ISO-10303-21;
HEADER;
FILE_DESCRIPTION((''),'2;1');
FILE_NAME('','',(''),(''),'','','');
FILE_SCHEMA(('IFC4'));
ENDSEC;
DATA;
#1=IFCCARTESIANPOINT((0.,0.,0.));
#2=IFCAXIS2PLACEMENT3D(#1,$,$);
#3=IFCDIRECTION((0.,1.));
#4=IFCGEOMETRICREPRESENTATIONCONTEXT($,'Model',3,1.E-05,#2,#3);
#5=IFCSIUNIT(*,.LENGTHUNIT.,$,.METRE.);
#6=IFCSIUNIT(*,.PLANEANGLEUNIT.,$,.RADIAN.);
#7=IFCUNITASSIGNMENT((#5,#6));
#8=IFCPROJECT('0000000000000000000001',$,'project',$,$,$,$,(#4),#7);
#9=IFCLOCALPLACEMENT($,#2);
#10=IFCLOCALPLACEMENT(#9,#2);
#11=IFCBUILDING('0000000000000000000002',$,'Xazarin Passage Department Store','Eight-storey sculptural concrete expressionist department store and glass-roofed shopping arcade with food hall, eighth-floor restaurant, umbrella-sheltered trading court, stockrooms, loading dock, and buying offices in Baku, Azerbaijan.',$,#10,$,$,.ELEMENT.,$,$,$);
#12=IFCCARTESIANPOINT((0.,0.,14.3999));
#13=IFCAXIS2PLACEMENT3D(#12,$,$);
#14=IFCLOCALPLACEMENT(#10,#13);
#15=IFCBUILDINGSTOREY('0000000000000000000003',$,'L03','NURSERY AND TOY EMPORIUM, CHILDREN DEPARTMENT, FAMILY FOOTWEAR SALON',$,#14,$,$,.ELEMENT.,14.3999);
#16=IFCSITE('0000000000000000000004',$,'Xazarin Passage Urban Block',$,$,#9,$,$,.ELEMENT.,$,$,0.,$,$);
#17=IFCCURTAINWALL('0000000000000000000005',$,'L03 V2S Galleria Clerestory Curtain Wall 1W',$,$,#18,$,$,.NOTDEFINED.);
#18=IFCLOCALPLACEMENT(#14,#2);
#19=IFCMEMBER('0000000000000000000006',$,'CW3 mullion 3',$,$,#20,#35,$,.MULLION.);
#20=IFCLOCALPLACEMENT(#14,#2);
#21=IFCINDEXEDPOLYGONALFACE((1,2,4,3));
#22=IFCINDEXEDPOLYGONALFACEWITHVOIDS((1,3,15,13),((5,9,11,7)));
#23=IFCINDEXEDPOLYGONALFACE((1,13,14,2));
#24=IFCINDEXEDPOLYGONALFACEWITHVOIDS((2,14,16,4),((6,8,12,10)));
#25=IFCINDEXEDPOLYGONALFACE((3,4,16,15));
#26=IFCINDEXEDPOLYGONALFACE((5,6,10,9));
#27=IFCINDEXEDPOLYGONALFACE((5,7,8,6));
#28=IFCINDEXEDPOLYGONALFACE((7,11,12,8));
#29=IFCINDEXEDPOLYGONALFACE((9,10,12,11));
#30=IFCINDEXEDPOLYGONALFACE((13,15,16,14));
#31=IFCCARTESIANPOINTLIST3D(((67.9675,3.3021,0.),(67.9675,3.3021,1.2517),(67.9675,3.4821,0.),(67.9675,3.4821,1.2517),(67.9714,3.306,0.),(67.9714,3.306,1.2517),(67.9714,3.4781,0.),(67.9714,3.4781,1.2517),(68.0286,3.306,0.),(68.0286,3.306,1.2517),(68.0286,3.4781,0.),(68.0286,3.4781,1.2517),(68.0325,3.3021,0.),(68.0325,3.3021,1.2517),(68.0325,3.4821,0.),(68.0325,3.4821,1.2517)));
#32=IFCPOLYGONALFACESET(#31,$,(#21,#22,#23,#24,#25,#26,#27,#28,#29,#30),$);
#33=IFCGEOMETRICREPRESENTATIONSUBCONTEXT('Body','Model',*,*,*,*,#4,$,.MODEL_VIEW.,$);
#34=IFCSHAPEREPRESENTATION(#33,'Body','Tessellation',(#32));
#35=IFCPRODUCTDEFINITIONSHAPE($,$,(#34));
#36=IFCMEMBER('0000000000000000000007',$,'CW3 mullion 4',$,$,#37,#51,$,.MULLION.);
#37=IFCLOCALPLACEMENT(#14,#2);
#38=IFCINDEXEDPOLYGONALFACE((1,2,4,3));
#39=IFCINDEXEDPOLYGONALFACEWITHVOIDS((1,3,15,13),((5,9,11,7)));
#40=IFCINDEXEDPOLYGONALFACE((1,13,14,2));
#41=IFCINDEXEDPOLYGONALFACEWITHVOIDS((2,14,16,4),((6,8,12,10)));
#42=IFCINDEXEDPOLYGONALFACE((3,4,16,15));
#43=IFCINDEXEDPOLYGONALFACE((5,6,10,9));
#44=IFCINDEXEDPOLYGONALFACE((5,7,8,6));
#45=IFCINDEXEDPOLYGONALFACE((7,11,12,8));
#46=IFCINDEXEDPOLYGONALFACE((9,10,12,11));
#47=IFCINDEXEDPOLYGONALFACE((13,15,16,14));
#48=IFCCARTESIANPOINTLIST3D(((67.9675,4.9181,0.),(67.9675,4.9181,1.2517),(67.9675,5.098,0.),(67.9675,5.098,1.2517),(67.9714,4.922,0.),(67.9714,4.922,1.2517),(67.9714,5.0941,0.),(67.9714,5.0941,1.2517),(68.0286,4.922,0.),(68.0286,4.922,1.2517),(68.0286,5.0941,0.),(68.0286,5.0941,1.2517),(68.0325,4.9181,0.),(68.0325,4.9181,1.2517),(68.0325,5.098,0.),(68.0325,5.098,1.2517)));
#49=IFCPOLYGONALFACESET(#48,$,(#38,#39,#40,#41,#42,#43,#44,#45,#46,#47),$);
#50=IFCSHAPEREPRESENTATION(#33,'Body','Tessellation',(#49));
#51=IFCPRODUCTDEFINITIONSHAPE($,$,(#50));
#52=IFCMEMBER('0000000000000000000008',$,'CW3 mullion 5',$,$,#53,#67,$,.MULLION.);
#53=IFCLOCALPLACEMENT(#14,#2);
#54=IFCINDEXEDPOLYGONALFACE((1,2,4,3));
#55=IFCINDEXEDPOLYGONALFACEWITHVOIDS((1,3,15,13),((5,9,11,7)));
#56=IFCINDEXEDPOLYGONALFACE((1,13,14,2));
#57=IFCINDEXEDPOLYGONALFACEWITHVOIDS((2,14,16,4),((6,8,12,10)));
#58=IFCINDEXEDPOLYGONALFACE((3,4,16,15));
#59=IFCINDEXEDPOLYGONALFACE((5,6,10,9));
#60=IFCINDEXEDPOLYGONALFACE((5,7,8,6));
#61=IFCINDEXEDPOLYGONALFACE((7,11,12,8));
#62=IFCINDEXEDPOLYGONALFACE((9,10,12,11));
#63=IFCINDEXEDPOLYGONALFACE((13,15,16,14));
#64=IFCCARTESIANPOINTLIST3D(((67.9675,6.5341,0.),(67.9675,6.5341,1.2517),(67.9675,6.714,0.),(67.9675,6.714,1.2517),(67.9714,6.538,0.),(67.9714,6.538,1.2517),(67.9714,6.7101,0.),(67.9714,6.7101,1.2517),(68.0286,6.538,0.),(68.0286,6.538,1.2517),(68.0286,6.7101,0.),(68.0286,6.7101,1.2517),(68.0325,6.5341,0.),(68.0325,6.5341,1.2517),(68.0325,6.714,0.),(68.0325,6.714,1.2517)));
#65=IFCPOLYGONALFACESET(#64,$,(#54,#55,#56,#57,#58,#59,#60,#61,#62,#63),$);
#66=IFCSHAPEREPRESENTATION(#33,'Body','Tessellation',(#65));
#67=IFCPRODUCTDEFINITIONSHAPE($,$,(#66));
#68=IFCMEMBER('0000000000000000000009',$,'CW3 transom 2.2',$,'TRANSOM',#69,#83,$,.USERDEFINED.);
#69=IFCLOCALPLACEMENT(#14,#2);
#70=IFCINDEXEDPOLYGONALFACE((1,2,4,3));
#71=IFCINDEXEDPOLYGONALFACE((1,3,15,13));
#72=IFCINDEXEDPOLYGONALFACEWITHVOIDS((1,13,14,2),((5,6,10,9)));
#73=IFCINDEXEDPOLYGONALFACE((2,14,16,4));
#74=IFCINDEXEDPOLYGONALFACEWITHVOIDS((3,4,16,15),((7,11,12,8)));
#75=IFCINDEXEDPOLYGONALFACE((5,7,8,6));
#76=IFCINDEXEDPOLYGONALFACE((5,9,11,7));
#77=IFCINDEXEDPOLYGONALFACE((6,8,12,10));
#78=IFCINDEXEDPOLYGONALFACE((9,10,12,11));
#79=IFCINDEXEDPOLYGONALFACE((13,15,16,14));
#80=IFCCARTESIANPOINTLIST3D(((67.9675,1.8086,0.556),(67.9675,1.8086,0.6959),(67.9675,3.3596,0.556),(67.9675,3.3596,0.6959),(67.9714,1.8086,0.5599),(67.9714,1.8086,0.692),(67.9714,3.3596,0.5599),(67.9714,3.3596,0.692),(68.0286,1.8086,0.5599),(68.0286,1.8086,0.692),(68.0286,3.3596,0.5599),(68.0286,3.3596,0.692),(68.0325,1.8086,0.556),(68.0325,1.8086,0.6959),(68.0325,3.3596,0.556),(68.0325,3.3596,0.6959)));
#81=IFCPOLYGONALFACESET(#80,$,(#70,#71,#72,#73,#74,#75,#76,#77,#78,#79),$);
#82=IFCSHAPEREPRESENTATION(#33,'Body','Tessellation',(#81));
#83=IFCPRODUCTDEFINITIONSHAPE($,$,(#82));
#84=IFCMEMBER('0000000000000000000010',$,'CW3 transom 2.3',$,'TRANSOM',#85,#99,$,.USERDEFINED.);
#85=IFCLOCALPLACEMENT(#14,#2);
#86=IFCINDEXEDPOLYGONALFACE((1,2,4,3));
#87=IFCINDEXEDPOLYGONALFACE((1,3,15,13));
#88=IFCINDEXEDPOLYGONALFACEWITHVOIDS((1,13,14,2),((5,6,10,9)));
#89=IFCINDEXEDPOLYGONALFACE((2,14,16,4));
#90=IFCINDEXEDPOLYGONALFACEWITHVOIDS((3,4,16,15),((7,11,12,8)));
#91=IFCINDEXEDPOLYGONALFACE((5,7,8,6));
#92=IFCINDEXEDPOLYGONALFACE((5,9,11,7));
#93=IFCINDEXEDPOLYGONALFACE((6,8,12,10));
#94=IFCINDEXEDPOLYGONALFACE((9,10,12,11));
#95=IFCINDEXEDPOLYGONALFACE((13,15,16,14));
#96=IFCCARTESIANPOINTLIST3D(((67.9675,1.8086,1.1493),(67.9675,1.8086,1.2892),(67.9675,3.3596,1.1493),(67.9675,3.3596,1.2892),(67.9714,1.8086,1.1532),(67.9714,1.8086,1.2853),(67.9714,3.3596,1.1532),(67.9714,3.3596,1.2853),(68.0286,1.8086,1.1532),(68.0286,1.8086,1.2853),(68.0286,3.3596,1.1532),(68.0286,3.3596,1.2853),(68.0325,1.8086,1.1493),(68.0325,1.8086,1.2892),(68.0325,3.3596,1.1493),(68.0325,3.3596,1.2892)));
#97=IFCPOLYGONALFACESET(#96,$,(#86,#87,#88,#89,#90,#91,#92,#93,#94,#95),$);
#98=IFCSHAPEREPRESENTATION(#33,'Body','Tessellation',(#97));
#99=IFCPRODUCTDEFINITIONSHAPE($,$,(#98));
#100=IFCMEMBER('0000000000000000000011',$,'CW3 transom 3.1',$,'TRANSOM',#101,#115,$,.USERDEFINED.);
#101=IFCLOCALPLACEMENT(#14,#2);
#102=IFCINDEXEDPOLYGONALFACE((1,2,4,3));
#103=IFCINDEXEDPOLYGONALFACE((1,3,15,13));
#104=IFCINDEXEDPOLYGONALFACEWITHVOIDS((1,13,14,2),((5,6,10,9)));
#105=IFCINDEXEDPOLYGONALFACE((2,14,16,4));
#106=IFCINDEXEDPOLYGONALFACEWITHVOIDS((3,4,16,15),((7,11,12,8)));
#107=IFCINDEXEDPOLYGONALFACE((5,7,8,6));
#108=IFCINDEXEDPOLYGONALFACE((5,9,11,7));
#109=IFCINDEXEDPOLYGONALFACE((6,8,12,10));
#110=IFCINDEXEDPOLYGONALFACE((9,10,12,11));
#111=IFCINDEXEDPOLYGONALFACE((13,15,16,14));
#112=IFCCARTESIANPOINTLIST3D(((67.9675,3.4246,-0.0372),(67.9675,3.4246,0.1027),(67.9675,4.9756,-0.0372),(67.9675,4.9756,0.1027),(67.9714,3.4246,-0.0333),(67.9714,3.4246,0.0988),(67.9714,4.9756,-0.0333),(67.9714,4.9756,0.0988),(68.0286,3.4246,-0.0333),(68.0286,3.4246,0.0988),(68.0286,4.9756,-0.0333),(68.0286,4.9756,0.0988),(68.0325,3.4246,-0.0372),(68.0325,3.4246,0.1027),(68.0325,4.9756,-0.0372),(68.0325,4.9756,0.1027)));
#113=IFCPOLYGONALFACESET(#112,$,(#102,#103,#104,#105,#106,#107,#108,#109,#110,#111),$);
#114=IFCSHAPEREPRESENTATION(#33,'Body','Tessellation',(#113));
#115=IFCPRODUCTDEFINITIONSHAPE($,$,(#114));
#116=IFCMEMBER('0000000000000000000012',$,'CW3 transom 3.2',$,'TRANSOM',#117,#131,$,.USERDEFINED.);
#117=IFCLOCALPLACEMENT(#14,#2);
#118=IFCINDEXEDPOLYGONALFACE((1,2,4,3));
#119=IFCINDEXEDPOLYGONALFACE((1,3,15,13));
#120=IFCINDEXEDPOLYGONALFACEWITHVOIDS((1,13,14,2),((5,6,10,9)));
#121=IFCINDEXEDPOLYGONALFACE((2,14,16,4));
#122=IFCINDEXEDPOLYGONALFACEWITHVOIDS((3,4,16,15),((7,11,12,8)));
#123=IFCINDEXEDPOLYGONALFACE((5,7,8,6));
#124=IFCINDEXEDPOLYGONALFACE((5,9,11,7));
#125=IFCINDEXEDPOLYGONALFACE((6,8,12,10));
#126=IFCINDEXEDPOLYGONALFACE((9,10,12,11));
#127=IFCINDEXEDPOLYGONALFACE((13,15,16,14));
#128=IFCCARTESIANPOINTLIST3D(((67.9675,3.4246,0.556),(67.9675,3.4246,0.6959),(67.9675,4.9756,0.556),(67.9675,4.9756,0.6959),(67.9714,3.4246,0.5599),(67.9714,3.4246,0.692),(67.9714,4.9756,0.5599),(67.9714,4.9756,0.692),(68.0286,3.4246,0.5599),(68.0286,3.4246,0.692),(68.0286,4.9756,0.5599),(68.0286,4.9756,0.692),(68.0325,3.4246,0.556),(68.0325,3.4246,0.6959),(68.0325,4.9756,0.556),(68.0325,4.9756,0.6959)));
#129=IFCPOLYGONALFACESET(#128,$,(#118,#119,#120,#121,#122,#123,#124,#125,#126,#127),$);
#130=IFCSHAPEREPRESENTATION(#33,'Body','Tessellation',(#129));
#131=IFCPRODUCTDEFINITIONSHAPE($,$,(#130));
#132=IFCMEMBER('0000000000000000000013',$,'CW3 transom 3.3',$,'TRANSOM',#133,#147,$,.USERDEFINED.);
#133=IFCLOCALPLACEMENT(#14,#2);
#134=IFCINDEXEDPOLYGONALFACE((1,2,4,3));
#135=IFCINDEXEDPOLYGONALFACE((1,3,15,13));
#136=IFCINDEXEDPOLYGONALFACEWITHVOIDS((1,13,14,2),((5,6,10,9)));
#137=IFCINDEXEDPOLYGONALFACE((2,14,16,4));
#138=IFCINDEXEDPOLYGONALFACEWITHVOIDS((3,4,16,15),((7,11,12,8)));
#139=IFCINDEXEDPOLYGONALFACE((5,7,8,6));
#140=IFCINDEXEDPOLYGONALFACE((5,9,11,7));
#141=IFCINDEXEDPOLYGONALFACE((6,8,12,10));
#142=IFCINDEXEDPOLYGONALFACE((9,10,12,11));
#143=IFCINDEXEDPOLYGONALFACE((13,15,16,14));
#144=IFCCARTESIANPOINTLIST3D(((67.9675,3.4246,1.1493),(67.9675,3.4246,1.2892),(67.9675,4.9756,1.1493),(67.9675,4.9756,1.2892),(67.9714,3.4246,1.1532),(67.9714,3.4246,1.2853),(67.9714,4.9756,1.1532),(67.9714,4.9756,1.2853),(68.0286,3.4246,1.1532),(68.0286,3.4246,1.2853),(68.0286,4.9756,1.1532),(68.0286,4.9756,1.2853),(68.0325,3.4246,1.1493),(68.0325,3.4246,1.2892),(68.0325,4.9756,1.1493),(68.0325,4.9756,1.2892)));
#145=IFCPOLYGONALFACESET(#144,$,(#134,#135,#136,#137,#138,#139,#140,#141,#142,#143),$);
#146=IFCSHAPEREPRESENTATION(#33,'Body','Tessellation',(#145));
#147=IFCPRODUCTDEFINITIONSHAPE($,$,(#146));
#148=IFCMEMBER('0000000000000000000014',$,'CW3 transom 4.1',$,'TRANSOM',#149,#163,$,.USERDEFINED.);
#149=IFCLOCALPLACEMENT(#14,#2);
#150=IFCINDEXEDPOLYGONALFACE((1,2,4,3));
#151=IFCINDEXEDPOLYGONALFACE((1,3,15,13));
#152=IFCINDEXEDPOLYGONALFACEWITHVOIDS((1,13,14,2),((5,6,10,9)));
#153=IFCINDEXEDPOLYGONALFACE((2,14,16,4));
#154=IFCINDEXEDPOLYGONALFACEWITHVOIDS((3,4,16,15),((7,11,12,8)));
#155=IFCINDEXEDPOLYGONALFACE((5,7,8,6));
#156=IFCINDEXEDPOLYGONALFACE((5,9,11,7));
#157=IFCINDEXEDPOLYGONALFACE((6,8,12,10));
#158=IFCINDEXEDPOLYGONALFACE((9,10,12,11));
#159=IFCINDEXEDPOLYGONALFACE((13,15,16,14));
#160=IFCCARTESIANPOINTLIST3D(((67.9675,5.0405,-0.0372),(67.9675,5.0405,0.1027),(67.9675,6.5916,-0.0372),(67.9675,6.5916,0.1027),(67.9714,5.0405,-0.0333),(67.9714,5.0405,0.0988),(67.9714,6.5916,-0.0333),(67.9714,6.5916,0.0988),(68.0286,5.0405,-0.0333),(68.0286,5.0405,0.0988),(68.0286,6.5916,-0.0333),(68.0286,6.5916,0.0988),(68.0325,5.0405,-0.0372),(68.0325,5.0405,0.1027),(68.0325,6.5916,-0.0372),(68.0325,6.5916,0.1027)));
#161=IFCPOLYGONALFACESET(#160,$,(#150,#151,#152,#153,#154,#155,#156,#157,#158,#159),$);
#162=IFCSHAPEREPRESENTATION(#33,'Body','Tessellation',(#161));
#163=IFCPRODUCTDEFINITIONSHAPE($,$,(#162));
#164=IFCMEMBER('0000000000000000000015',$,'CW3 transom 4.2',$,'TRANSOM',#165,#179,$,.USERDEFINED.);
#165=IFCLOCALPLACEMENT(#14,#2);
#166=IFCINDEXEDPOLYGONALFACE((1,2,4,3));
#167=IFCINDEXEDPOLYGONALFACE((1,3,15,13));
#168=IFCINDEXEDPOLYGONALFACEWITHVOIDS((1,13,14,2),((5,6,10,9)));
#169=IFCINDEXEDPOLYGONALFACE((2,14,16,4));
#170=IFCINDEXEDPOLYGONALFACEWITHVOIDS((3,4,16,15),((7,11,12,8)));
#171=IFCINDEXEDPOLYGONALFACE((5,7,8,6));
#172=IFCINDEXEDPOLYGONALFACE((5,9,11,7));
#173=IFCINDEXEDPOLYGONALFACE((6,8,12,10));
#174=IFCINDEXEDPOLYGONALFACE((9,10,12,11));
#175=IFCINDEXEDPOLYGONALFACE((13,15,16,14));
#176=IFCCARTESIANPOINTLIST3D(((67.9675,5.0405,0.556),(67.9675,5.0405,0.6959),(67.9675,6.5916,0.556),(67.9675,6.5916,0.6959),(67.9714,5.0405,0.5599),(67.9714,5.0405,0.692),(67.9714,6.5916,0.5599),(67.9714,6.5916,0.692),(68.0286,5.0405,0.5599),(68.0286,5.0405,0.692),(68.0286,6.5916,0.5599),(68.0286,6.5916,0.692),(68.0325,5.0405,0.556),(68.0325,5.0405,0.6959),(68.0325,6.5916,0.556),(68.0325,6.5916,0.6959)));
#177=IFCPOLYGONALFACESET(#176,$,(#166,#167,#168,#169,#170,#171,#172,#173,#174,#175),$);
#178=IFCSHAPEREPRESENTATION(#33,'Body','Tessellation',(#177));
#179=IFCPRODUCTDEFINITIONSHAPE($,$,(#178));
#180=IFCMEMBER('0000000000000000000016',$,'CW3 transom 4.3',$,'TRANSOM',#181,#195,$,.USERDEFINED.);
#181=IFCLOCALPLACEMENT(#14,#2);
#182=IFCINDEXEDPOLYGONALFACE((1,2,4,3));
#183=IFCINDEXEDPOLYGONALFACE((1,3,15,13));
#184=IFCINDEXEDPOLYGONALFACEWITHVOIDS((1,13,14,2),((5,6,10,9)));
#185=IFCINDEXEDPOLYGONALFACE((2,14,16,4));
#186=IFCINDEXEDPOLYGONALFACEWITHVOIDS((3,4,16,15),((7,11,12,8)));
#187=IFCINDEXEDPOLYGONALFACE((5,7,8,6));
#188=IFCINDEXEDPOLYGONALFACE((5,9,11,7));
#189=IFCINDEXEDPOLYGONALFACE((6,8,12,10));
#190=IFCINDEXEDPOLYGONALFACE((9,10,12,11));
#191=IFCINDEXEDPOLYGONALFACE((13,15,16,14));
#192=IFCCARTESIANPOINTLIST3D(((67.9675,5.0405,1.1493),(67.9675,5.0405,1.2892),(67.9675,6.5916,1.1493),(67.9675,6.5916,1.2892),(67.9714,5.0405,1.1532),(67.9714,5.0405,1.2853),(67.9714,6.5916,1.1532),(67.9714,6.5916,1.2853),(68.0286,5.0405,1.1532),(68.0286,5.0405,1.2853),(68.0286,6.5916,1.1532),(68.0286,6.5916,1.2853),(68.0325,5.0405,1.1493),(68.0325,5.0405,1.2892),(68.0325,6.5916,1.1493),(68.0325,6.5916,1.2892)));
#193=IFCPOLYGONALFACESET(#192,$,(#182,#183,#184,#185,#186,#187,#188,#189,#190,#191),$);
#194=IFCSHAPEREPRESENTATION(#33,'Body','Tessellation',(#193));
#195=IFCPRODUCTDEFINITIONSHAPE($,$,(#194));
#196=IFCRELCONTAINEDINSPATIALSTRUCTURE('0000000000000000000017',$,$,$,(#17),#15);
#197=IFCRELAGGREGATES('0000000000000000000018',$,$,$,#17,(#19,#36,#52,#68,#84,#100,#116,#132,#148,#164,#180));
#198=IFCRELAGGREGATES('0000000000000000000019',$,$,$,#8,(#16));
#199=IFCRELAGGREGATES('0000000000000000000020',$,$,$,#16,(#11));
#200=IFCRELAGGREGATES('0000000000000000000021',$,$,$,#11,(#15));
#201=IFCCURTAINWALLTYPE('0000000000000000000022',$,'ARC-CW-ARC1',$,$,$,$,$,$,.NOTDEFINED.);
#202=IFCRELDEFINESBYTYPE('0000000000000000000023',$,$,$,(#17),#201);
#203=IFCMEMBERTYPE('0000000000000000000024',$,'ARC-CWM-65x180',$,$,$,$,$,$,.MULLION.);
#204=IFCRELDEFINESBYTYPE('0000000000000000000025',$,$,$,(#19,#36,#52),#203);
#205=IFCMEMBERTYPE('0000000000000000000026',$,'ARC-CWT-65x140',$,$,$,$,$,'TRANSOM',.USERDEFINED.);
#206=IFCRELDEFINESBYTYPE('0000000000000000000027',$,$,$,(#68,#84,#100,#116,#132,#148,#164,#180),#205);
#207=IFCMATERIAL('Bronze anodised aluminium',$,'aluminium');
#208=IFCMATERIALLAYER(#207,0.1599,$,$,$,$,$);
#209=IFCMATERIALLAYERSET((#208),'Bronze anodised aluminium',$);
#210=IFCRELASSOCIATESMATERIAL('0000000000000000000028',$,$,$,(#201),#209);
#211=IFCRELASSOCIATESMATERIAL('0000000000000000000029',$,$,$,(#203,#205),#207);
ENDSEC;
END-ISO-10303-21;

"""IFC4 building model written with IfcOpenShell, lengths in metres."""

from ifc_helpers import new_model, si_unit, direction, frame, origin, origin_2d, place, context, subcontext, project, spatial, hollow_rectangle, extrude, material, layer, layer_set, material_profile, profile_set, type_object, element, aggregate, save


model = new_model("IFC4")

# Units and contexts
model_context = context("Model", 3, precision=1e-05, world=origin(), true_north=direction((0.0, 1.0)))
body_context = subcontext(model_context, "Body", "Model", "MODEL_VIEW")
ifc_project = project(units=[si_unit("LENGTHUNIT", "METRE"), si_unit("PLANEANGLEUNIT", "RADIAN")], contexts=[model_context])

# Site, building, storey
site_placement = place(None, origin())
site = spatial("IfcSite", under=ifc_project, at=site_placement, Name="Xazarin Passage Urban Block", CompositionType="ELEMENT", RefElevation=0.0)
building_placement = place(site_placement, origin())
building = spatial("IfcBuilding", under=site, at=building_placement, Name="Xazarin Passage Department Store", Description="Eight-storey sculptural concrete expressionist department store and glass-roofed shopping arcade with food hall, eighth-floor restaurant, umbrella-sheltered trading court, stockrooms, loading dock, and buying offices in Baku, Azerbaijan.", CompositionType="ELEMENT")
storey_placement = place(building_placement, frame((0.0, 0.0, 14.3999)))
storey = spatial("IfcBuildingStorey", under=building, at=storey_placement, Name="L03", Description="NURSERY AND TOY EMPORIUM, CHILDREN DEPARTMENT, FAMILY FOOTWEAR SALON", CompositionType="ELEMENT", Elevation=14.3999)

# Curtain wall, members
ifc_material_1 = material(Name="Bronze anodised aluminium", Category="aluminium")
ifc_layer_1 = layer(ifc_material_1, 0.1599)
ifc_layer_set_1 = layer_set([ifc_layer_1], Name="Bronze anodised aluminium")
curtain_wall_type = type_object("IfcCurtainWallType", Name="ARC-CW-ARC1", PredefinedType="NOTDEFINED", material=ifc_layer_set_1)
curtain_wall_placement = place(storey_placement, origin())
curtain_wall = element("IfcCurtainWall", 1, at=curtain_wall_placement, inside=storey, type_object=curtain_wall_type, Name="L03 V2S Galleria Clerestory Curtain Wall 1W", PredefinedType="NOTDEFINED")
ifc_material_profile_1 = material_profile(ifc_material_1, hollow_rectangle(XDim=0.0649, YDim=0.1799, WallThickness=0.0039, at=origin_2d()), Name="ALU 65x180")
ifc_profile_set_1 = profile_set([ifc_material_profile_1], Name="Bronze anodised aluminium")
member_type_1 = type_object("IfcMemberType", Name="ARC-CWM-65x180", PredefinedType="MULLION", material=ifc_profile_set_1)
member_1_placement = place(storey_placement, frame((68.0, 3.3921, 0.0), z_axis=(0.0, 0.0, 1.0), x_axis=(-1.0, 0.0, 0.0)))
member_1 = element("IfcMember", 2, at=member_1_placement, type_object=member_type_1, Name="CW3 mullion 3", PredefinedType="MULLION", context=body_context, shape_type="SweptSolid", body=[
    extrude(hollow_rectangle(XDim=0.0649, YDim=0.1799, WallThickness=0.0039, at=origin_2d()), origin(), (0.0, 0.0, 1.0), 1.2517),
])
member_2_placement = place(storey_placement, frame((68.0, 5.0081, 0.0), z_axis=(0.0, 0.0, 1.0), x_axis=(-1.0, 0.0, 0.0)))
member_2 = element("IfcMember", 3, at=member_2_placement, type_object=member_type_1, Name="CW3 mullion 4", PredefinedType="MULLION", context=body_context, shape_type="SweptSolid", body=[
    extrude(hollow_rectangle(XDim=0.0649, YDim=0.1799, WallThickness=0.0039, at=origin_2d()), origin(), (0.0, 0.0, 1.0), 1.2517),
])
member_3_placement = place(storey_placement, frame((68.0, 6.624, 0.0), z_axis=(0.0, 0.0, 1.0), x_axis=(-1.0, 0.0, 0.0)))
member_3 = element("IfcMember", 4, at=member_3_placement, type_object=member_type_1, Name="CW3 mullion 5", PredefinedType="MULLION", context=body_context, shape_type="SweptSolid", body=[
    extrude(hollow_rectangle(XDim=0.0649, YDim=0.1799, WallThickness=0.0039, at=origin_2d()), origin(), (0.0, 0.0, 1.0), 1.2517),
])
ifc_material_profile_2 = material_profile(ifc_material_1, hollow_rectangle(XDim=0.0649, YDim=0.1399, WallThickness=0.0039, at=origin_2d()), Name="ALU 65x140")
ifc_profile_set_2 = profile_set([ifc_material_profile_2], Name="Bronze anodised aluminium")
member_type_2 = type_object("IfcMemberType", Name="ARC-CWT-65x140", ElementType="TRANSOM", PredefinedType="USERDEFINED", material=ifc_profile_set_2)
member_4_placement = place(storey_placement, frame((68.0, 1.8086, 0.626), z_axis=(0.0, 1.0, 0.0), x_axis=(-1.0, 0.0, 0.0)))
member_4 = element("IfcMember", 5, at=member_4_placement, type_object=member_type_2, Name="CW3 transom 2.2", ObjectType="TRANSOM", PredefinedType="USERDEFINED", context=body_context, shape_type="SweptSolid", body=[
    extrude(hollow_rectangle(XDim=0.0649, YDim=0.1399, WallThickness=0.0039, at=origin_2d()), origin(), (0.0, 0.0, 1.0), 1.551),
])
member_5_placement = place(storey_placement, frame((68.0, 1.8086, 1.2192), z_axis=(0.0, 1.0, 0.0), x_axis=(-1.0, 0.0, 0.0)))
member_5 = element("IfcMember", 6, at=member_5_placement, type_object=member_type_2, Name="CW3 transom 2.3", ObjectType="TRANSOM", PredefinedType="USERDEFINED", context=body_context, shape_type="SweptSolid", body=[
    extrude(hollow_rectangle(XDim=0.0649, YDim=0.1399, WallThickness=0.0039, at=origin_2d()), origin(), (0.0, 0.0, 1.0), 1.551),
])
member_6_placement = place(storey_placement, frame((68.0, 3.4246, 0.0327), z_axis=(0.0, 1.0, 0.0), x_axis=(-1.0, 0.0, 0.0)))
member_6 = element("IfcMember", 7, at=member_6_placement, type_object=member_type_2, Name="CW3 transom 3.1", ObjectType="TRANSOM", PredefinedType="USERDEFINED", context=body_context, shape_type="SweptSolid", body=[
    extrude(hollow_rectangle(XDim=0.0649, YDim=0.1399, WallThickness=0.0039, at=origin_2d()), origin(), (0.0, 0.0, 1.0), 1.551),
])
member_7_placement = place(storey_placement, frame((68.0, 3.4246, 0.626), z_axis=(0.0, 1.0, 0.0), x_axis=(-1.0, 0.0, 0.0)))
member_7 = element("IfcMember", 8, at=member_7_placement, type_object=member_type_2, Name="CW3 transom 3.2", ObjectType="TRANSOM", PredefinedType="USERDEFINED", context=body_context, shape_type="SweptSolid", body=[
    extrude(hollow_rectangle(XDim=0.0649, YDim=0.1399, WallThickness=0.0039, at=origin_2d()), origin(), (0.0, 0.0, 1.0), 1.551),
])
member_8_placement = place(storey_placement, frame((68.0, 3.4246, 1.2192), z_axis=(0.0, 1.0, 0.0), x_axis=(-1.0, 0.0, 0.0)))
member_8 = element("IfcMember", 9, at=member_8_placement, type_object=member_type_2, Name="CW3 transom 3.3", ObjectType="TRANSOM", PredefinedType="USERDEFINED", context=body_context, shape_type="SweptSolid", body=[
    extrude(hollow_rectangle(XDim=0.0649, YDim=0.1399, WallThickness=0.0039, at=origin_2d()), origin(), (0.0, 0.0, 1.0), 1.551),
])
member_9_placement = place(storey_placement, frame((68.0, 5.0405, 0.0327), z_axis=(0.0, 1.0, 0.0), x_axis=(-1.0, 0.0, 0.0)))
member_9 = element("IfcMember", 10, at=member_9_placement, type_object=member_type_2, Name="CW3 transom 4.1", ObjectType="TRANSOM", PredefinedType="USERDEFINED", context=body_context, shape_type="SweptSolid", body=[
    extrude(hollow_rectangle(XDim=0.0649, YDim=0.1399, WallThickness=0.0039, at=origin_2d()), origin(), (0.0, 0.0, 1.0), 1.551),
])
member_10_placement = place(storey_placement, frame((68.0, 5.0405, 0.626), z_axis=(0.0, 1.0, 0.0), x_axis=(-1.0, 0.0, 0.0)))
member_10 = element("IfcMember", 11, at=member_10_placement, type_object=member_type_2, Name="CW3 transom 4.2", ObjectType="TRANSOM", PredefinedType="USERDEFINED", context=body_context, shape_type="SweptSolid", body=[
    extrude(hollow_rectangle(XDim=0.0649, YDim=0.1399, WallThickness=0.0039, at=origin_2d()), origin(), (0.0, 0.0, 1.0), 1.551),
])
member_11_placement = place(storey_placement, frame((68.0, 5.0405, 1.2192), z_axis=(0.0, 1.0, 0.0), x_axis=(-1.0, 0.0, 0.0)))
member_11 = element("IfcMember", 12, at=member_11_placement, type_object=member_type_2, Name="CW3 transom 4.3", ObjectType="TRANSOM", PredefinedType="USERDEFINED", context=body_context, shape_type="SweptSolid", body=[
    extrude(hollow_rectangle(XDim=0.0649, YDim=0.1399, WallThickness=0.0039, at=origin_2d()), origin(), (0.0, 0.0, 1.0), 1.551),
])
aggregate(curtain_wall, [member_1, member_2, member_3, member_4, member_5, member_6, member_7, member_8, member_9, member_10, member_11])

save(model, "model.ifc")
